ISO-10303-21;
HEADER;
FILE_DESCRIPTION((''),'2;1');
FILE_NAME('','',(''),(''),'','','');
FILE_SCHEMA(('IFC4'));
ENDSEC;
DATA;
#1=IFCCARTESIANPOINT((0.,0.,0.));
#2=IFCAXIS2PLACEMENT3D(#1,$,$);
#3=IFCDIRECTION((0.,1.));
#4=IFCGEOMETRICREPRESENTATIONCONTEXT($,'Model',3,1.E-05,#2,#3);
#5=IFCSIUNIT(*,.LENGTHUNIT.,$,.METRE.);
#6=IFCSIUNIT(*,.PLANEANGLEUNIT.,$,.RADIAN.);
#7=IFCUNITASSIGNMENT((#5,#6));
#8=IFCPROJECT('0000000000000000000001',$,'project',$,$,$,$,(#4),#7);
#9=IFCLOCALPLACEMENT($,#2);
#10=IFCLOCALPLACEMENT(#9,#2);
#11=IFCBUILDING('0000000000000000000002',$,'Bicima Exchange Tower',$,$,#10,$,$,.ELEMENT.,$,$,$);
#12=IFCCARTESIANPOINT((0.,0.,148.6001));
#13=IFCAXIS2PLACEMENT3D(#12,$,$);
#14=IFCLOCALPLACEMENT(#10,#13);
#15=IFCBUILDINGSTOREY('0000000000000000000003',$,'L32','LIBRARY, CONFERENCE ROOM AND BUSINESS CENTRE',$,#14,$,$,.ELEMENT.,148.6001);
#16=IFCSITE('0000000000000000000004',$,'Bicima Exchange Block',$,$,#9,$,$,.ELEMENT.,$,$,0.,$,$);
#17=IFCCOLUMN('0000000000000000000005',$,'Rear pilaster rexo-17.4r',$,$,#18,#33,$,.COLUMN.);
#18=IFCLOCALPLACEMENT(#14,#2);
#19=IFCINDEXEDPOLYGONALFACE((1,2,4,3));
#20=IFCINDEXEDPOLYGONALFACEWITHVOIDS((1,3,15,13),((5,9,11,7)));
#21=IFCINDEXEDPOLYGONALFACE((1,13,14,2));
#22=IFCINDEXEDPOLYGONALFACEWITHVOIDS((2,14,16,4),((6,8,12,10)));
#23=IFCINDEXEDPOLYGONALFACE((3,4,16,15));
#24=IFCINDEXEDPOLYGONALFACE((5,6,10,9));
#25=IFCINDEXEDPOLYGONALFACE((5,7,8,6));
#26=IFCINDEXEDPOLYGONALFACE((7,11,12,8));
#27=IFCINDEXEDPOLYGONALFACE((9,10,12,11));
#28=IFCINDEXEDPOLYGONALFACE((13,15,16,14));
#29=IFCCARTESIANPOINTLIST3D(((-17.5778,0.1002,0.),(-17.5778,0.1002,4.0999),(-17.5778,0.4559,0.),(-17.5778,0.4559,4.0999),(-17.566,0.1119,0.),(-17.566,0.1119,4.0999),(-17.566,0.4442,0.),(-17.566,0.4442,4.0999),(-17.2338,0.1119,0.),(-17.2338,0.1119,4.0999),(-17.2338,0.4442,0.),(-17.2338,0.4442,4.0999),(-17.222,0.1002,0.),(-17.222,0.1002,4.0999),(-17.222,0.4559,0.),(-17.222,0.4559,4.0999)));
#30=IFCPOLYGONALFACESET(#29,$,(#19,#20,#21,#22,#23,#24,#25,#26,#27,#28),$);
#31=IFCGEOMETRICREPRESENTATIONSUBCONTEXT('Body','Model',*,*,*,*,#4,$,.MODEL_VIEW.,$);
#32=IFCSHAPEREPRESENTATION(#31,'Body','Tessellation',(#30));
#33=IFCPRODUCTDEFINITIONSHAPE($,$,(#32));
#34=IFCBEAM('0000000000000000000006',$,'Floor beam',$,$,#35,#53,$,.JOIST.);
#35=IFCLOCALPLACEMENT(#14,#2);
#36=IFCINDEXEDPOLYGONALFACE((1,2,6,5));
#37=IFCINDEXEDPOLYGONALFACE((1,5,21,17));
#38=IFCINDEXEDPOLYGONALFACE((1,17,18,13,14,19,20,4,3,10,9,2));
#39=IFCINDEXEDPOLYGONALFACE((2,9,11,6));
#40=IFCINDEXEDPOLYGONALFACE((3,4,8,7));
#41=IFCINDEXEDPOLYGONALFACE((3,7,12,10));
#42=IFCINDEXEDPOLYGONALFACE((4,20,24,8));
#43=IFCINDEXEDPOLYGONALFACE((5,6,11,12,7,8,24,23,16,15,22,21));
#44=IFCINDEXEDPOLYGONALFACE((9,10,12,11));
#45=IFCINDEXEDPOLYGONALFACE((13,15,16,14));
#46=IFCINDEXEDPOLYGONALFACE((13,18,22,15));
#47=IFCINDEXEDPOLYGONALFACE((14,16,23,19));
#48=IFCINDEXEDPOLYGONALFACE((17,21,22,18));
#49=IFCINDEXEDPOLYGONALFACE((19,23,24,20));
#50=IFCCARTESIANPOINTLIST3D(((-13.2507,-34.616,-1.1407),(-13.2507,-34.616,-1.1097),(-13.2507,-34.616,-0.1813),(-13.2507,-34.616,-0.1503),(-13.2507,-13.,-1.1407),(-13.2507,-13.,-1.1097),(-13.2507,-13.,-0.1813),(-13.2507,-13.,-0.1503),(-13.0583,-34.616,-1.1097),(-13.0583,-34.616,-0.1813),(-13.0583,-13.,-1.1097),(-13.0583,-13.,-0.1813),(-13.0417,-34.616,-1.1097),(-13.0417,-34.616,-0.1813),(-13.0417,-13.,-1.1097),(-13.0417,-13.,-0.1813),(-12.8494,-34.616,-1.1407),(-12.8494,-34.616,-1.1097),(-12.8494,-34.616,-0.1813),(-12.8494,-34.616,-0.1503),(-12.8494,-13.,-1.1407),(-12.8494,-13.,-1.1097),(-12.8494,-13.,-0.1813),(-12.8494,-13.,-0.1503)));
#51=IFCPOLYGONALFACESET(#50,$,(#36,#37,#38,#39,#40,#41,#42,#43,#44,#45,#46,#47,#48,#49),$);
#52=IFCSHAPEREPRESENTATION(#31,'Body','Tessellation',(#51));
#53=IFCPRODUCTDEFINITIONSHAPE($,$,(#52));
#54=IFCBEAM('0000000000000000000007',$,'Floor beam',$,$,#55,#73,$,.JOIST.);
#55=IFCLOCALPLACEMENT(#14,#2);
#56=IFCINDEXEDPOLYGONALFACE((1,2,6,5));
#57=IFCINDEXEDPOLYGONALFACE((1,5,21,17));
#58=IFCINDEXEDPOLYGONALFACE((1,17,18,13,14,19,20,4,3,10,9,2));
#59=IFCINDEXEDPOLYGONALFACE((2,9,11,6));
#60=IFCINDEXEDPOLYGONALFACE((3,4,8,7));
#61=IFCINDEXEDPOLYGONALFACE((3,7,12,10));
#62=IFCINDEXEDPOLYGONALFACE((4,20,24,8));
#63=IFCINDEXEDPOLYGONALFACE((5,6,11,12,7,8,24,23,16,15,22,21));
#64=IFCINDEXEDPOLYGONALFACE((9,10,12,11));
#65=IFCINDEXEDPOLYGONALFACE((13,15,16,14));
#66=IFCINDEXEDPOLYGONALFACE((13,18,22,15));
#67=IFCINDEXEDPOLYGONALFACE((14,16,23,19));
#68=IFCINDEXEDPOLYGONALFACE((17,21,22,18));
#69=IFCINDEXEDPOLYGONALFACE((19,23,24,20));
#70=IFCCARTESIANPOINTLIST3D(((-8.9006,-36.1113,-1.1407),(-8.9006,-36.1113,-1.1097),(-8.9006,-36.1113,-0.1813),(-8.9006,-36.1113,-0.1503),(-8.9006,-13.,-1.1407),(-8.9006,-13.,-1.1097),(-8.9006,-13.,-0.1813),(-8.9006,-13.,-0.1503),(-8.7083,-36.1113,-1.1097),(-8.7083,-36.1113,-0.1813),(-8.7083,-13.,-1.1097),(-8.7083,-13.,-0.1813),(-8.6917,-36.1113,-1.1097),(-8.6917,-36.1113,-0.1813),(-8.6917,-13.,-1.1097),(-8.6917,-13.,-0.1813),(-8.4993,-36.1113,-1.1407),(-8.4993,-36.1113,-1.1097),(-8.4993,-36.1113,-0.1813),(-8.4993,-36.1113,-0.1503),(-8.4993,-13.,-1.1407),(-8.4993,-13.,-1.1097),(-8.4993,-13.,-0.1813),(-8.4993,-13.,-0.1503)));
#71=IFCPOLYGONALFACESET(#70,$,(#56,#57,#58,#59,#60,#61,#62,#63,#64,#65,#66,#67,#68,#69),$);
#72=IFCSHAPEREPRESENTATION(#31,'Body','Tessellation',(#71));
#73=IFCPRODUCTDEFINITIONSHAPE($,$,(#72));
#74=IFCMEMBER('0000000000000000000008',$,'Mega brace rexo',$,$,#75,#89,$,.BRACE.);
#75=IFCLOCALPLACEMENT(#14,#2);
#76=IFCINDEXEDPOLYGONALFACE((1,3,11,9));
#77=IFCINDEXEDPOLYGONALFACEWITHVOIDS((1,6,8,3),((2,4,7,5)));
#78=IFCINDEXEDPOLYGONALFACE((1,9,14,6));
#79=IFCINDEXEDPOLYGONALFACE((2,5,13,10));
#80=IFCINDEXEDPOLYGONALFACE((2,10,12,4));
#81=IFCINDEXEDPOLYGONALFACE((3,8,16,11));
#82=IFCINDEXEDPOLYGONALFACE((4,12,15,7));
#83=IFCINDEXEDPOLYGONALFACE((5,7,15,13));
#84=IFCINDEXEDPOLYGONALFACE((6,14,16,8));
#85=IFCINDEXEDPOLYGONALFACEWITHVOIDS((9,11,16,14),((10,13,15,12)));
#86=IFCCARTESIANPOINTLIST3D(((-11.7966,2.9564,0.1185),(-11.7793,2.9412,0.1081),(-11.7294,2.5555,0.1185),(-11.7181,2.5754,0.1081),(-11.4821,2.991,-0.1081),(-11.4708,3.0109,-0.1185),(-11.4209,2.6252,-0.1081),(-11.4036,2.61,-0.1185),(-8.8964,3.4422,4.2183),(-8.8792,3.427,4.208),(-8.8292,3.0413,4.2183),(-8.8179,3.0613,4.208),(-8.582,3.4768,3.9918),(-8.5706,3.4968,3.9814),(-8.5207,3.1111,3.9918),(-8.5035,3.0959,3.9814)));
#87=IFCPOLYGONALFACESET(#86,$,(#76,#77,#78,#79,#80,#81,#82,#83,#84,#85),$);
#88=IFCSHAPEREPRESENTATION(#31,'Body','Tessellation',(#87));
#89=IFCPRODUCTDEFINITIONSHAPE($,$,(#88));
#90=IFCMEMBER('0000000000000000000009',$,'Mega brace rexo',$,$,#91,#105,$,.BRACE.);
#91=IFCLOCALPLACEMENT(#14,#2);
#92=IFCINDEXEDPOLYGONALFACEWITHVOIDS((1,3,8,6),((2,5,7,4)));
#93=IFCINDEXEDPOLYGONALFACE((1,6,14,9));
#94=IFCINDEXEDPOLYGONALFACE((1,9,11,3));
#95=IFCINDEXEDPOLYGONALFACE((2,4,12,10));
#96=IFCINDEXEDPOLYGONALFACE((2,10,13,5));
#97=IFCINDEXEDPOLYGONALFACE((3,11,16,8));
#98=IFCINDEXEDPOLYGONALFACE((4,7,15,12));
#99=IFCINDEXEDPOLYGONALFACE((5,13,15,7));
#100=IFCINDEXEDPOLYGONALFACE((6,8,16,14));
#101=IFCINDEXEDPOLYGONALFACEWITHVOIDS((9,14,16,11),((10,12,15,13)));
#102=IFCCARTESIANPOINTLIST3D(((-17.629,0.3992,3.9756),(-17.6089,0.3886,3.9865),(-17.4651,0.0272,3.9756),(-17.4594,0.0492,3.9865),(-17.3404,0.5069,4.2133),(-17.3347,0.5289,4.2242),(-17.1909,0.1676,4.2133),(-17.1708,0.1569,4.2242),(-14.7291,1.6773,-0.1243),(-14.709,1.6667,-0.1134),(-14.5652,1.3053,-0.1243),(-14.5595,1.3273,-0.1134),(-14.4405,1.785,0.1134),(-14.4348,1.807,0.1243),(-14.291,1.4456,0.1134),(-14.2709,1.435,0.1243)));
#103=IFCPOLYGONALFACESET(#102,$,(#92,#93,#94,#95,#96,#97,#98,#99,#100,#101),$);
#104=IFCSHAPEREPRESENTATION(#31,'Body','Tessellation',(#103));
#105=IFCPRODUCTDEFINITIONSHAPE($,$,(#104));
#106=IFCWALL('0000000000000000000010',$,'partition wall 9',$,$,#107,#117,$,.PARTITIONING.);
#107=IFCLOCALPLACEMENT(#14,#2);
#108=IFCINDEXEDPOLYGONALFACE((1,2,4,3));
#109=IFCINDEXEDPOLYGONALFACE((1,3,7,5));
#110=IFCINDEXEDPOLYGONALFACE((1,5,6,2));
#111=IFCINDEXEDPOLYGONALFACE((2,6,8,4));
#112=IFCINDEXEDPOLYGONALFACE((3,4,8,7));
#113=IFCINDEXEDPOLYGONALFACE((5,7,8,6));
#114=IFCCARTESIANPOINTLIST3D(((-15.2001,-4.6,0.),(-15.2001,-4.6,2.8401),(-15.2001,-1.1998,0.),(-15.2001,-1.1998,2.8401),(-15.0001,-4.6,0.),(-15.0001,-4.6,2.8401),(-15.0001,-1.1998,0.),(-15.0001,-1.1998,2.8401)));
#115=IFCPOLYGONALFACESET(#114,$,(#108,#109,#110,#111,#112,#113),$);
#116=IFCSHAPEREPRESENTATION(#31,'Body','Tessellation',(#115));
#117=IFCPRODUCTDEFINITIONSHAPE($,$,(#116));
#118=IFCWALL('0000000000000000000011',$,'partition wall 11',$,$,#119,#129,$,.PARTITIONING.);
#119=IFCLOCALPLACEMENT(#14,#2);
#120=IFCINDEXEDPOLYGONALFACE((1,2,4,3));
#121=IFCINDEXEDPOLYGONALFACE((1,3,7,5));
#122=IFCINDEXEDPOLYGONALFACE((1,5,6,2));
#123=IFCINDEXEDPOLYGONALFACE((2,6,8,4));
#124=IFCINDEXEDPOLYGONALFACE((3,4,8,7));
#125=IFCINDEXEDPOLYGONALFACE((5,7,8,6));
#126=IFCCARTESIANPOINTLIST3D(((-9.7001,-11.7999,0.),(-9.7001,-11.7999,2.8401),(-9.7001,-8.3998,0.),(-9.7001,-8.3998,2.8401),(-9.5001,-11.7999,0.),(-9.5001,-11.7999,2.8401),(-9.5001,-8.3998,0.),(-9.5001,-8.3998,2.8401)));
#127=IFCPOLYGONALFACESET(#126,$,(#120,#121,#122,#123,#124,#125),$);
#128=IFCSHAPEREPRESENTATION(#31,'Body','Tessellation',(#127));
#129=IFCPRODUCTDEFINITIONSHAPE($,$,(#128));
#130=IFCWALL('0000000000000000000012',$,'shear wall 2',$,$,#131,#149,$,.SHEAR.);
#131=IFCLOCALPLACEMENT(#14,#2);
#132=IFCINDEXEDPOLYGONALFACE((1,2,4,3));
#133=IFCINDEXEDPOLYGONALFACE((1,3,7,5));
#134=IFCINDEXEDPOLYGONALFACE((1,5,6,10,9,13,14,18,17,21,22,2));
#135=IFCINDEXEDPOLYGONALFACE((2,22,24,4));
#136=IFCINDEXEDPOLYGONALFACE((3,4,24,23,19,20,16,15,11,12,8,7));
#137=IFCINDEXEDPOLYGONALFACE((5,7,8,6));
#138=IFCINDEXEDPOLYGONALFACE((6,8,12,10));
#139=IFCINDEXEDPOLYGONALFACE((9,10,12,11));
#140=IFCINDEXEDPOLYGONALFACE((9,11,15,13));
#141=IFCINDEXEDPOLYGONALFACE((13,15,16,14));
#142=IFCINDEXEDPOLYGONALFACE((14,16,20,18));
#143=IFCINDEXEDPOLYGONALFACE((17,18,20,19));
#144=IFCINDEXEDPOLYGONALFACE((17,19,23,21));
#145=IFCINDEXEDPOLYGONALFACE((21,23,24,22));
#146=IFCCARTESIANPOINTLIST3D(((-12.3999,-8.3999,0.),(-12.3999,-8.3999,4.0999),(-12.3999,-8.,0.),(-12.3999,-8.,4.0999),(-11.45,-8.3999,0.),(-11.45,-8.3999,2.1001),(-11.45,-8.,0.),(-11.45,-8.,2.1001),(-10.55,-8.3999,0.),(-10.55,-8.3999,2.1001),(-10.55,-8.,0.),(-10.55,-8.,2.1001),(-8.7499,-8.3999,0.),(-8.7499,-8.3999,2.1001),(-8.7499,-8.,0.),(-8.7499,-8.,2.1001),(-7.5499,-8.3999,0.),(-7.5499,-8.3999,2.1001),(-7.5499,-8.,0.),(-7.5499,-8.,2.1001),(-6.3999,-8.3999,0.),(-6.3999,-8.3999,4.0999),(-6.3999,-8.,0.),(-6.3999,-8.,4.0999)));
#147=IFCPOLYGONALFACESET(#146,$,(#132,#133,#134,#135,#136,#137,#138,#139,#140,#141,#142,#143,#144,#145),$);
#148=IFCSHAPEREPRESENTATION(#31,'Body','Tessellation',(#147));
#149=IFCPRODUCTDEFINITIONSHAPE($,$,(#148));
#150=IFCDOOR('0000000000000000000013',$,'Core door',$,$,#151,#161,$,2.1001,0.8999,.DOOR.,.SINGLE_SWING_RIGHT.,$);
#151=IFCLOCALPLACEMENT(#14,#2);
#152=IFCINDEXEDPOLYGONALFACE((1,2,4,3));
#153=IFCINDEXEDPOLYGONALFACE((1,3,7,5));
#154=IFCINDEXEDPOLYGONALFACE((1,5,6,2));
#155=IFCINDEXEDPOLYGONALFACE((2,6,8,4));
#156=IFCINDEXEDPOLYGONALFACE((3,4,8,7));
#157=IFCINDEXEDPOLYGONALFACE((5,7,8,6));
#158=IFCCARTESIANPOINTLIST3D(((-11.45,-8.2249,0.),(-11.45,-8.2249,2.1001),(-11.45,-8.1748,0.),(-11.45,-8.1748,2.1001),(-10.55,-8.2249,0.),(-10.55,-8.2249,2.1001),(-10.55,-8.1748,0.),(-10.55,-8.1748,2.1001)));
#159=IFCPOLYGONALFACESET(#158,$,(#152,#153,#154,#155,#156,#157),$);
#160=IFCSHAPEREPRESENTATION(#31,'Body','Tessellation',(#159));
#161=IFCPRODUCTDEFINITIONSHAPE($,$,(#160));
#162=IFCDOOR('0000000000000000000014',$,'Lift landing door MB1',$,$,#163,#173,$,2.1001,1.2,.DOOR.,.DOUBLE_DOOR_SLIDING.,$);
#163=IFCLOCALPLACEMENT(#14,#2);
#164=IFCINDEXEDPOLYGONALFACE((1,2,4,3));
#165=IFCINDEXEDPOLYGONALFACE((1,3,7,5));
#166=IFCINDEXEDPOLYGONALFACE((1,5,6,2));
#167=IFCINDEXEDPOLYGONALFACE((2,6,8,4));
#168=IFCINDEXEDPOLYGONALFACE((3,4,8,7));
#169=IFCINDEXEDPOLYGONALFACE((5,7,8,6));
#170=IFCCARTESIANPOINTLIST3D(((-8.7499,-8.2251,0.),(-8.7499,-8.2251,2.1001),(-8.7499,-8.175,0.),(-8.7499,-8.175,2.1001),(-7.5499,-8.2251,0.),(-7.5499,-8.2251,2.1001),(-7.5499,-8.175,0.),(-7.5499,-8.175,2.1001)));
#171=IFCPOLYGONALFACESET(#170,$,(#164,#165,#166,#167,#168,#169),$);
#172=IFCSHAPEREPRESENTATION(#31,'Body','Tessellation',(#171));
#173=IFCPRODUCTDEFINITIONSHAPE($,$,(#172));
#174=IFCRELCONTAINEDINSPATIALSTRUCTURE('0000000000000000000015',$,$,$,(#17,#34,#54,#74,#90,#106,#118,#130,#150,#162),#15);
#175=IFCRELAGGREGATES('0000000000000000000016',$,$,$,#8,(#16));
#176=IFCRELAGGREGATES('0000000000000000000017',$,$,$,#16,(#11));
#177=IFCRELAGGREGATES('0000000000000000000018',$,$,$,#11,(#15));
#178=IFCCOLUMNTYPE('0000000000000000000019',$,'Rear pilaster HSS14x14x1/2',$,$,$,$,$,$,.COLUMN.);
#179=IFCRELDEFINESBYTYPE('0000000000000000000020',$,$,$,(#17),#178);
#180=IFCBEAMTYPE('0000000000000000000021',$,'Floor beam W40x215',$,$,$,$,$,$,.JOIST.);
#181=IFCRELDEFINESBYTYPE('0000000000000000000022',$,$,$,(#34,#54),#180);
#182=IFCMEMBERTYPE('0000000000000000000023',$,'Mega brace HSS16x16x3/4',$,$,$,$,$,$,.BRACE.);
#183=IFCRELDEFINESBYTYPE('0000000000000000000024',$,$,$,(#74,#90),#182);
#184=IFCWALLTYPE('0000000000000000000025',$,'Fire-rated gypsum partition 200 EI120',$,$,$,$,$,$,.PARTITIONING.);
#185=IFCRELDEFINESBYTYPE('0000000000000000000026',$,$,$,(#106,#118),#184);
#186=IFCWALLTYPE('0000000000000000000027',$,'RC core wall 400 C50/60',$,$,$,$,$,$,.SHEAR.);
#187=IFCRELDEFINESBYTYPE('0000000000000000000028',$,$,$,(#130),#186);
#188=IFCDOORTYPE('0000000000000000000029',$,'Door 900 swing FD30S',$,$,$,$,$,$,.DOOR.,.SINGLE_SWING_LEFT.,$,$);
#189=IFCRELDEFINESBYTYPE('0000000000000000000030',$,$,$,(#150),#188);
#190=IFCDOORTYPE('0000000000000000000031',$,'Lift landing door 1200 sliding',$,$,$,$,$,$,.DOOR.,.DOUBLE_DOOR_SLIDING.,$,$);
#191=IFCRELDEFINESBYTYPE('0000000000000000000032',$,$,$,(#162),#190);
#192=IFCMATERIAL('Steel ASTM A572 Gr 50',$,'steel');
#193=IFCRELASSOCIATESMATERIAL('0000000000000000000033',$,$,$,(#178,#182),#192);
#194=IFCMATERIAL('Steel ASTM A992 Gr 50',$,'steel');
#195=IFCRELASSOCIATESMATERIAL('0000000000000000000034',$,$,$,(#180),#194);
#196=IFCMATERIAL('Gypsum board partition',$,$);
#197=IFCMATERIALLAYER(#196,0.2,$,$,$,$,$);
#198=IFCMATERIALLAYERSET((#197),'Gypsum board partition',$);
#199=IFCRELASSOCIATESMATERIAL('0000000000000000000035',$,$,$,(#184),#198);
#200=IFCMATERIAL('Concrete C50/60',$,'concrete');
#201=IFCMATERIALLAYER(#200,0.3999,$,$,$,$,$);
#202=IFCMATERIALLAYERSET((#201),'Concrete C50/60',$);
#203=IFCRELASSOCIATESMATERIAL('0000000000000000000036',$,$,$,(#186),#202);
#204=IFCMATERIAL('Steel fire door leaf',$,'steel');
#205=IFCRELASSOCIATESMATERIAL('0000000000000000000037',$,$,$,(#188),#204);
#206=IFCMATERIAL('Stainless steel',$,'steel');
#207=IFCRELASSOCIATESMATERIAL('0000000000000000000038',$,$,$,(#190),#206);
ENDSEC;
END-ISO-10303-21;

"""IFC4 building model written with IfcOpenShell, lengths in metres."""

from ifc_helpers import new_model, si_unit, direction, frame, frame_2d, origin, origin_2d, place, context, subcontext, project, spatial, rectangle, hollow_rectangle, i_section, extrude, material, layer, layer_set, material_profile, profile_set, type_object, element, fill, save


model = new_model("IFC4")

# Units and contexts
model_context = context("Model", 3, precision=1e-05, world=origin(), true_north=direction((0.0, 1.0)))
body_context = subcontext(model_context, "Body", "Model", "MODEL_VIEW")
ifc_project = project(units=[si_unit("LENGTHUNIT", "METRE"), si_unit("PLANEANGLEUNIT", "RADIAN")], contexts=[model_context])

# Site, building, storey
site_placement = place(None, origin())
site = spatial("IfcSite", under=ifc_project, at=site_placement, Name="Bicima Exchange Block", CompositionType="ELEMENT", RefElevation=0.0)
building_placement = place(site_placement, origin())
building = spatial("IfcBuilding", under=site, at=building_placement, Name="Bicima Exchange Tower", CompositionType="ELEMENT")
storey_placement = place(building_placement, frame((0.0, 0.0, 148.6001)))
storey = spatial("IfcBuildingStorey", under=building, at=storey_placement, Name="L32", Description="LIBRARY, CONFERENCE ROOM AND BUSINESS CENTRE", CompositionType="ELEMENT", Elevation=148.6001)

# Column
ifc_material_1 = material(Name="Steel ASTM A572 Gr 50", Category="steel")
ifc_material_profile_1 = material_profile(ifc_material_1, hollow_rectangle(XDim=0.3557, YDim=0.3557, WallThickness=0.0117, at=origin_2d()))
ifc_profile_set_1 = profile_set([ifc_material_profile_1], Name="Steel ASTM A572 Gr 50")
column_type = type_object("IfcColumnType", Name="Rear pilaster HSS14x14x1/2", PredefinedType="COLUMN", material=ifc_profile_set_1)
column_placement = place(storey_placement, frame((-17.3999, 0.2781, 0.0), z_axis=(0.0, 0.0, 1.0), x_axis=(1.0, 0.0, 0.0)))
element("IfcColumn", 1, at=column_placement, inside=storey, type_object=column_type, Name="Rear pilaster rexo-17.4r", PredefinedType="COLUMN", context=body_context, shape_type="SweptSolid", body=[
    extrude(hollow_rectangle(XDim=0.3557, YDim=0.3557, WallThickness=0.0117, at=origin_2d()), origin(), (0.0, 0.0, 1.0), 4.0999),
])

# Beams
ifc_material_2 = material(Name="Steel ASTM A992 Gr 50", Category="steel")
ifc_material_profile_2 = material_profile(ifc_material_2, i_section(OverallWidth=0.4014, OverallDepth=0.9905, WebThickness=0.0166, FlangeThickness=0.031, at=origin_2d()))
ifc_profile_set_2 = profile_set([ifc_material_profile_2], Name="Steel ASTM A992 Gr 50")
beam_type = type_object("IfcBeamType", Name="Floor beam W40x215", PredefinedType="JOIST", material=ifc_profile_set_2)
beam_1_placement = place(storey_placement, frame((-13.05, -13.0, -0.6455), z_axis=(0.0, -1.0, 0.0), x_axis=(1.0, 0.0, 0.0)))
element("IfcBeam", 2, at=beam_1_placement, inside=storey, type_object=beam_type, Name="Floor beam", PredefinedType="JOIST", context=body_context, shape_type="SweptSolid", body=[
    extrude(i_section(OverallWidth=0.4014, OverallDepth=0.9905, WebThickness=0.0166, FlangeThickness=0.031, at=origin_2d()), origin(), (0.0, 0.0, 1.0), 21.616),
])
beam_2_placement = place(storey_placement, frame((-8.7, -13.0, -0.6455), z_axis=(0.0, -1.0, 0.0), x_axis=(1.0, 0.0, 0.0)))
element("IfcBeam", 3, at=beam_2_placement, inside=storey, type_object=beam_type, Name="Floor beam", PredefinedType="JOIST", context=body_context, shape_type="SweptSolid", body=[
    extrude(i_section(OverallWidth=0.4014, OverallDepth=0.9905, WebThickness=0.0166, FlangeThickness=0.031, at=origin_2d()), origin(), (0.0, 0.0, 1.0), 23.1113),
])

# Members
ifc_material_profile_3 = material_profile(ifc_material_1, hollow_rectangle(XDim=0.4065, YDim=0.4065, WallThickness=0.0178, at=origin_2d()))
ifc_profile_set_3 = profile_set([ifc_material_profile_3], Name="Steel ASTM A572 Gr 50")
member_type = type_object("IfcMemberType", Name="Mega brace HSS16x16x3/4", PredefinedType="BRACE", material=ifc_profile_set_3)
member_1_placement = place(storey_placement, frame((-11.6001, 2.7832, 0.0), z_axis=(0.574814, 0.096294, 0.812598), x_axis=(-0.16522, 0.986257, 0.0)))
element("IfcMember", 4, at=member_1_placement, inside=storey, type_object=member_type, Name="Mega brace rexo", PredefinedType="BRACE", context=body_context, shape_type="SweptSolid", body=[
    extrude(hollow_rectangle(XDim=0.4065, YDim=0.4065, WallThickness=0.0178, at=origin_2d()), origin(), (0.0, 0.0, 1.0), 5.0454),
])
member_2_placement = place(storey_placement, frame((-14.5, 1.5562, 0.0), z_axis=(-0.559625, -0.246644, 0.791193), x_axis=(0.403299, -0.915068, 0.0)))
element("IfcMember", 5, at=member_2_placement, inside=storey, type_object=member_type, Name="Mega brace rexo", PredefinedType="BRACE", context=body_context, shape_type="SweptSolid", body=[
    extrude(hollow_rectangle(XDim=0.4065, YDim=0.4065, WallThickness=0.0178, at=origin_2d()), origin(), (0.0, 0.0, 1.0), 5.1819),
])

# Walls
ifc_material_3 = material(Name="Gypsum board partition")
ifc_layer_1 = layer(ifc_material_3, 0.2)
ifc_layer_set_1 = layer_set([ifc_layer_1], Name="Gypsum board partition")
wall_type_1 = type_object("IfcWallType", Name="Fire-rated gypsum partition 200 EI120", PredefinedType="PARTITIONING", material=ifc_layer_set_1)
for number, where, z_axis, x_axis, name in (
    (6, (-15.1001, -4.6001, 0.0), (0.0, 0.0, 1.0), (0.0, 1.0, 0.0), "partition wall 9"),
    (7, (-9.6001, -11.8, 0.0), (0.0, 0.0, 1.0), (0.0, 1.0, 0.0), "partition wall 11"),
):
    element("IfcWall", number, at=place(storey_placement, frame(where, z_axis=z_axis, x_axis=x_axis)), inside=storey, type_object=wall_type_1, Name=name, PredefinedType="PARTITIONING", context=body_context, shape_type="SweptSolid", body=[
        extrude(rectangle(XDim=3.4001, YDim=0.2, at=frame_2d((1.7002, 0.0))), origin(), (0.0, 0.0, 1.0), 2.8401),
    ])

# Wall, openings, doors
ifc_material_4 = material(Name="Concrete C50/60", Category="concrete")
ifc_layer_2 = layer(ifc_material_4, 0.3999)
ifc_layer_set_2 = layer_set([ifc_layer_2], Name="Concrete C50/60")
wall_type_2 = type_object("IfcWallType", Name="RC core wall 400 C50/60", PredefinedType="SHEAR", material=ifc_layer_set_2)
wall_1_placement = place(storey_placement, frame((-12.3999, -8.2, 0.0), z_axis=(0.0, 0.0, 1.0), x_axis=(1.0, 0.0, 0.0)))
wall_1 = element("IfcWall", 8, at=wall_1_placement, inside=storey, type_object=wall_type_2, Name="shear wall 2", PredefinedType="SHEAR", context=body_context, shape_type="SweptSolid", body=[
    extrude(rectangle(XDim=6.0, YDim=0.3999, at=frame_2d((3.0, 0.0))), origin(), (0.0, 0.0, 1.0), 4.0999),
])
opening_1_placement = place(wall_1_placement, frame((3.6499, 0.0, 0.0)))
opening_1 = element("IfcOpeningElement", 9, at=opening_1_placement, cuts=wall_1, PredefinedType="OPENING", context=body_context, shape_type="SweptSolid", body=[
    extrude(rectangle(XDim=1.2, YDim=2.1001, at=frame_2d((0.6001, 1.05))), frame((0.0, 0.2119, 0.0), z_axis=(0.0, -1.0, 0.0), x_axis=(1.0, 0.0, 0.0)), (0.0, 0.0, 1.0), 0.4238),
])
opening_2_placement = place(wall_1_placement, frame((0.95, 0.0, 0.0)))
opening_2 = element("IfcOpeningElement", 10, at=opening_2_placement, cuts=wall_1, PredefinedType="OPENING", context=body_context, shape_type="SweptSolid", body=[
    extrude(rectangle(XDim=0.8999, YDim=2.1001, at=frame_2d((0.45, 1.05))), frame((0.0, 0.2119, 0.0), z_axis=(0.0, -1.0, 0.0), x_axis=(1.0, 0.0, 0.0)), (0.0, 0.0, 1.0), 0.4238),
])
ifc_material_5 = material(Name="Steel fire door leaf", Category="steel")
door_type_1 = type_object("IfcDoorType", Name="Door 900 swing FD30S", OperationType="SINGLE_SWING_LEFT", PredefinedType="DOOR", material=ifc_material_5)
door_1_placement = place(opening_2_placement, frame((0.8999, 0.0, 0.0), z_axis=(0.0, 0.0, 1.0), x_axis=(-1.0, 0.0, 0.0)))
door_1 = element("IfcDoor", 11, at=door_1_placement, inside=storey, type_object=door_type_1, Name="Core door", OperationType="SINGLE_SWING_RIGHT", OverallHeight=2.1001, OverallWidth=0.8999, PredefinedType="DOOR", context=body_context, shape_type="SweptSolid", body=[
    extrude(rectangle(XDim=0.8999, YDim=2.1001, at=frame_2d((0.45, 1.05))), frame((0.0, 0.0249, 0.0), z_axis=(0.0, -1.0, 0.0), x_axis=(1.0, 0.0, 0.0)), (0.0, 0.0, 1.0), 0.05),
])
fill(opening_2, door_1)
ifc_material_6 = material(Name="Stainless steel", Category="steel")
door_type_2 = type_object("IfcDoorType", Name="Lift landing door 1200 sliding", OperationType="DOUBLE_DOOR_SLIDING", PredefinedType="DOOR", material=ifc_material_6)
door_2_placement = place(opening_1_placement, origin())
door_2 = element("IfcDoor", 12, at=door_2_placement, inside=storey, type_object=door_type_2, Name="Lift landing door MB1", OperationType="DOUBLE_DOOR_SLIDING", OverallHeight=2.1001, OverallWidth=1.2, PredefinedType="DOOR", context=body_context, shape_type="SweptSolid", body=[
    extrude(rectangle(XDim=1.2, YDim=2.1001, at=frame_2d((0.6001, 1.05))), frame((0.0, 0.0249, 0.0), z_axis=(0.0, -1.0, 0.0), x_axis=(1.0, 0.0, 0.0)), (0.0, 0.0, 1.0), 0.05),
])
fill(opening_1, door_2)

save(model, "model.ifc")
